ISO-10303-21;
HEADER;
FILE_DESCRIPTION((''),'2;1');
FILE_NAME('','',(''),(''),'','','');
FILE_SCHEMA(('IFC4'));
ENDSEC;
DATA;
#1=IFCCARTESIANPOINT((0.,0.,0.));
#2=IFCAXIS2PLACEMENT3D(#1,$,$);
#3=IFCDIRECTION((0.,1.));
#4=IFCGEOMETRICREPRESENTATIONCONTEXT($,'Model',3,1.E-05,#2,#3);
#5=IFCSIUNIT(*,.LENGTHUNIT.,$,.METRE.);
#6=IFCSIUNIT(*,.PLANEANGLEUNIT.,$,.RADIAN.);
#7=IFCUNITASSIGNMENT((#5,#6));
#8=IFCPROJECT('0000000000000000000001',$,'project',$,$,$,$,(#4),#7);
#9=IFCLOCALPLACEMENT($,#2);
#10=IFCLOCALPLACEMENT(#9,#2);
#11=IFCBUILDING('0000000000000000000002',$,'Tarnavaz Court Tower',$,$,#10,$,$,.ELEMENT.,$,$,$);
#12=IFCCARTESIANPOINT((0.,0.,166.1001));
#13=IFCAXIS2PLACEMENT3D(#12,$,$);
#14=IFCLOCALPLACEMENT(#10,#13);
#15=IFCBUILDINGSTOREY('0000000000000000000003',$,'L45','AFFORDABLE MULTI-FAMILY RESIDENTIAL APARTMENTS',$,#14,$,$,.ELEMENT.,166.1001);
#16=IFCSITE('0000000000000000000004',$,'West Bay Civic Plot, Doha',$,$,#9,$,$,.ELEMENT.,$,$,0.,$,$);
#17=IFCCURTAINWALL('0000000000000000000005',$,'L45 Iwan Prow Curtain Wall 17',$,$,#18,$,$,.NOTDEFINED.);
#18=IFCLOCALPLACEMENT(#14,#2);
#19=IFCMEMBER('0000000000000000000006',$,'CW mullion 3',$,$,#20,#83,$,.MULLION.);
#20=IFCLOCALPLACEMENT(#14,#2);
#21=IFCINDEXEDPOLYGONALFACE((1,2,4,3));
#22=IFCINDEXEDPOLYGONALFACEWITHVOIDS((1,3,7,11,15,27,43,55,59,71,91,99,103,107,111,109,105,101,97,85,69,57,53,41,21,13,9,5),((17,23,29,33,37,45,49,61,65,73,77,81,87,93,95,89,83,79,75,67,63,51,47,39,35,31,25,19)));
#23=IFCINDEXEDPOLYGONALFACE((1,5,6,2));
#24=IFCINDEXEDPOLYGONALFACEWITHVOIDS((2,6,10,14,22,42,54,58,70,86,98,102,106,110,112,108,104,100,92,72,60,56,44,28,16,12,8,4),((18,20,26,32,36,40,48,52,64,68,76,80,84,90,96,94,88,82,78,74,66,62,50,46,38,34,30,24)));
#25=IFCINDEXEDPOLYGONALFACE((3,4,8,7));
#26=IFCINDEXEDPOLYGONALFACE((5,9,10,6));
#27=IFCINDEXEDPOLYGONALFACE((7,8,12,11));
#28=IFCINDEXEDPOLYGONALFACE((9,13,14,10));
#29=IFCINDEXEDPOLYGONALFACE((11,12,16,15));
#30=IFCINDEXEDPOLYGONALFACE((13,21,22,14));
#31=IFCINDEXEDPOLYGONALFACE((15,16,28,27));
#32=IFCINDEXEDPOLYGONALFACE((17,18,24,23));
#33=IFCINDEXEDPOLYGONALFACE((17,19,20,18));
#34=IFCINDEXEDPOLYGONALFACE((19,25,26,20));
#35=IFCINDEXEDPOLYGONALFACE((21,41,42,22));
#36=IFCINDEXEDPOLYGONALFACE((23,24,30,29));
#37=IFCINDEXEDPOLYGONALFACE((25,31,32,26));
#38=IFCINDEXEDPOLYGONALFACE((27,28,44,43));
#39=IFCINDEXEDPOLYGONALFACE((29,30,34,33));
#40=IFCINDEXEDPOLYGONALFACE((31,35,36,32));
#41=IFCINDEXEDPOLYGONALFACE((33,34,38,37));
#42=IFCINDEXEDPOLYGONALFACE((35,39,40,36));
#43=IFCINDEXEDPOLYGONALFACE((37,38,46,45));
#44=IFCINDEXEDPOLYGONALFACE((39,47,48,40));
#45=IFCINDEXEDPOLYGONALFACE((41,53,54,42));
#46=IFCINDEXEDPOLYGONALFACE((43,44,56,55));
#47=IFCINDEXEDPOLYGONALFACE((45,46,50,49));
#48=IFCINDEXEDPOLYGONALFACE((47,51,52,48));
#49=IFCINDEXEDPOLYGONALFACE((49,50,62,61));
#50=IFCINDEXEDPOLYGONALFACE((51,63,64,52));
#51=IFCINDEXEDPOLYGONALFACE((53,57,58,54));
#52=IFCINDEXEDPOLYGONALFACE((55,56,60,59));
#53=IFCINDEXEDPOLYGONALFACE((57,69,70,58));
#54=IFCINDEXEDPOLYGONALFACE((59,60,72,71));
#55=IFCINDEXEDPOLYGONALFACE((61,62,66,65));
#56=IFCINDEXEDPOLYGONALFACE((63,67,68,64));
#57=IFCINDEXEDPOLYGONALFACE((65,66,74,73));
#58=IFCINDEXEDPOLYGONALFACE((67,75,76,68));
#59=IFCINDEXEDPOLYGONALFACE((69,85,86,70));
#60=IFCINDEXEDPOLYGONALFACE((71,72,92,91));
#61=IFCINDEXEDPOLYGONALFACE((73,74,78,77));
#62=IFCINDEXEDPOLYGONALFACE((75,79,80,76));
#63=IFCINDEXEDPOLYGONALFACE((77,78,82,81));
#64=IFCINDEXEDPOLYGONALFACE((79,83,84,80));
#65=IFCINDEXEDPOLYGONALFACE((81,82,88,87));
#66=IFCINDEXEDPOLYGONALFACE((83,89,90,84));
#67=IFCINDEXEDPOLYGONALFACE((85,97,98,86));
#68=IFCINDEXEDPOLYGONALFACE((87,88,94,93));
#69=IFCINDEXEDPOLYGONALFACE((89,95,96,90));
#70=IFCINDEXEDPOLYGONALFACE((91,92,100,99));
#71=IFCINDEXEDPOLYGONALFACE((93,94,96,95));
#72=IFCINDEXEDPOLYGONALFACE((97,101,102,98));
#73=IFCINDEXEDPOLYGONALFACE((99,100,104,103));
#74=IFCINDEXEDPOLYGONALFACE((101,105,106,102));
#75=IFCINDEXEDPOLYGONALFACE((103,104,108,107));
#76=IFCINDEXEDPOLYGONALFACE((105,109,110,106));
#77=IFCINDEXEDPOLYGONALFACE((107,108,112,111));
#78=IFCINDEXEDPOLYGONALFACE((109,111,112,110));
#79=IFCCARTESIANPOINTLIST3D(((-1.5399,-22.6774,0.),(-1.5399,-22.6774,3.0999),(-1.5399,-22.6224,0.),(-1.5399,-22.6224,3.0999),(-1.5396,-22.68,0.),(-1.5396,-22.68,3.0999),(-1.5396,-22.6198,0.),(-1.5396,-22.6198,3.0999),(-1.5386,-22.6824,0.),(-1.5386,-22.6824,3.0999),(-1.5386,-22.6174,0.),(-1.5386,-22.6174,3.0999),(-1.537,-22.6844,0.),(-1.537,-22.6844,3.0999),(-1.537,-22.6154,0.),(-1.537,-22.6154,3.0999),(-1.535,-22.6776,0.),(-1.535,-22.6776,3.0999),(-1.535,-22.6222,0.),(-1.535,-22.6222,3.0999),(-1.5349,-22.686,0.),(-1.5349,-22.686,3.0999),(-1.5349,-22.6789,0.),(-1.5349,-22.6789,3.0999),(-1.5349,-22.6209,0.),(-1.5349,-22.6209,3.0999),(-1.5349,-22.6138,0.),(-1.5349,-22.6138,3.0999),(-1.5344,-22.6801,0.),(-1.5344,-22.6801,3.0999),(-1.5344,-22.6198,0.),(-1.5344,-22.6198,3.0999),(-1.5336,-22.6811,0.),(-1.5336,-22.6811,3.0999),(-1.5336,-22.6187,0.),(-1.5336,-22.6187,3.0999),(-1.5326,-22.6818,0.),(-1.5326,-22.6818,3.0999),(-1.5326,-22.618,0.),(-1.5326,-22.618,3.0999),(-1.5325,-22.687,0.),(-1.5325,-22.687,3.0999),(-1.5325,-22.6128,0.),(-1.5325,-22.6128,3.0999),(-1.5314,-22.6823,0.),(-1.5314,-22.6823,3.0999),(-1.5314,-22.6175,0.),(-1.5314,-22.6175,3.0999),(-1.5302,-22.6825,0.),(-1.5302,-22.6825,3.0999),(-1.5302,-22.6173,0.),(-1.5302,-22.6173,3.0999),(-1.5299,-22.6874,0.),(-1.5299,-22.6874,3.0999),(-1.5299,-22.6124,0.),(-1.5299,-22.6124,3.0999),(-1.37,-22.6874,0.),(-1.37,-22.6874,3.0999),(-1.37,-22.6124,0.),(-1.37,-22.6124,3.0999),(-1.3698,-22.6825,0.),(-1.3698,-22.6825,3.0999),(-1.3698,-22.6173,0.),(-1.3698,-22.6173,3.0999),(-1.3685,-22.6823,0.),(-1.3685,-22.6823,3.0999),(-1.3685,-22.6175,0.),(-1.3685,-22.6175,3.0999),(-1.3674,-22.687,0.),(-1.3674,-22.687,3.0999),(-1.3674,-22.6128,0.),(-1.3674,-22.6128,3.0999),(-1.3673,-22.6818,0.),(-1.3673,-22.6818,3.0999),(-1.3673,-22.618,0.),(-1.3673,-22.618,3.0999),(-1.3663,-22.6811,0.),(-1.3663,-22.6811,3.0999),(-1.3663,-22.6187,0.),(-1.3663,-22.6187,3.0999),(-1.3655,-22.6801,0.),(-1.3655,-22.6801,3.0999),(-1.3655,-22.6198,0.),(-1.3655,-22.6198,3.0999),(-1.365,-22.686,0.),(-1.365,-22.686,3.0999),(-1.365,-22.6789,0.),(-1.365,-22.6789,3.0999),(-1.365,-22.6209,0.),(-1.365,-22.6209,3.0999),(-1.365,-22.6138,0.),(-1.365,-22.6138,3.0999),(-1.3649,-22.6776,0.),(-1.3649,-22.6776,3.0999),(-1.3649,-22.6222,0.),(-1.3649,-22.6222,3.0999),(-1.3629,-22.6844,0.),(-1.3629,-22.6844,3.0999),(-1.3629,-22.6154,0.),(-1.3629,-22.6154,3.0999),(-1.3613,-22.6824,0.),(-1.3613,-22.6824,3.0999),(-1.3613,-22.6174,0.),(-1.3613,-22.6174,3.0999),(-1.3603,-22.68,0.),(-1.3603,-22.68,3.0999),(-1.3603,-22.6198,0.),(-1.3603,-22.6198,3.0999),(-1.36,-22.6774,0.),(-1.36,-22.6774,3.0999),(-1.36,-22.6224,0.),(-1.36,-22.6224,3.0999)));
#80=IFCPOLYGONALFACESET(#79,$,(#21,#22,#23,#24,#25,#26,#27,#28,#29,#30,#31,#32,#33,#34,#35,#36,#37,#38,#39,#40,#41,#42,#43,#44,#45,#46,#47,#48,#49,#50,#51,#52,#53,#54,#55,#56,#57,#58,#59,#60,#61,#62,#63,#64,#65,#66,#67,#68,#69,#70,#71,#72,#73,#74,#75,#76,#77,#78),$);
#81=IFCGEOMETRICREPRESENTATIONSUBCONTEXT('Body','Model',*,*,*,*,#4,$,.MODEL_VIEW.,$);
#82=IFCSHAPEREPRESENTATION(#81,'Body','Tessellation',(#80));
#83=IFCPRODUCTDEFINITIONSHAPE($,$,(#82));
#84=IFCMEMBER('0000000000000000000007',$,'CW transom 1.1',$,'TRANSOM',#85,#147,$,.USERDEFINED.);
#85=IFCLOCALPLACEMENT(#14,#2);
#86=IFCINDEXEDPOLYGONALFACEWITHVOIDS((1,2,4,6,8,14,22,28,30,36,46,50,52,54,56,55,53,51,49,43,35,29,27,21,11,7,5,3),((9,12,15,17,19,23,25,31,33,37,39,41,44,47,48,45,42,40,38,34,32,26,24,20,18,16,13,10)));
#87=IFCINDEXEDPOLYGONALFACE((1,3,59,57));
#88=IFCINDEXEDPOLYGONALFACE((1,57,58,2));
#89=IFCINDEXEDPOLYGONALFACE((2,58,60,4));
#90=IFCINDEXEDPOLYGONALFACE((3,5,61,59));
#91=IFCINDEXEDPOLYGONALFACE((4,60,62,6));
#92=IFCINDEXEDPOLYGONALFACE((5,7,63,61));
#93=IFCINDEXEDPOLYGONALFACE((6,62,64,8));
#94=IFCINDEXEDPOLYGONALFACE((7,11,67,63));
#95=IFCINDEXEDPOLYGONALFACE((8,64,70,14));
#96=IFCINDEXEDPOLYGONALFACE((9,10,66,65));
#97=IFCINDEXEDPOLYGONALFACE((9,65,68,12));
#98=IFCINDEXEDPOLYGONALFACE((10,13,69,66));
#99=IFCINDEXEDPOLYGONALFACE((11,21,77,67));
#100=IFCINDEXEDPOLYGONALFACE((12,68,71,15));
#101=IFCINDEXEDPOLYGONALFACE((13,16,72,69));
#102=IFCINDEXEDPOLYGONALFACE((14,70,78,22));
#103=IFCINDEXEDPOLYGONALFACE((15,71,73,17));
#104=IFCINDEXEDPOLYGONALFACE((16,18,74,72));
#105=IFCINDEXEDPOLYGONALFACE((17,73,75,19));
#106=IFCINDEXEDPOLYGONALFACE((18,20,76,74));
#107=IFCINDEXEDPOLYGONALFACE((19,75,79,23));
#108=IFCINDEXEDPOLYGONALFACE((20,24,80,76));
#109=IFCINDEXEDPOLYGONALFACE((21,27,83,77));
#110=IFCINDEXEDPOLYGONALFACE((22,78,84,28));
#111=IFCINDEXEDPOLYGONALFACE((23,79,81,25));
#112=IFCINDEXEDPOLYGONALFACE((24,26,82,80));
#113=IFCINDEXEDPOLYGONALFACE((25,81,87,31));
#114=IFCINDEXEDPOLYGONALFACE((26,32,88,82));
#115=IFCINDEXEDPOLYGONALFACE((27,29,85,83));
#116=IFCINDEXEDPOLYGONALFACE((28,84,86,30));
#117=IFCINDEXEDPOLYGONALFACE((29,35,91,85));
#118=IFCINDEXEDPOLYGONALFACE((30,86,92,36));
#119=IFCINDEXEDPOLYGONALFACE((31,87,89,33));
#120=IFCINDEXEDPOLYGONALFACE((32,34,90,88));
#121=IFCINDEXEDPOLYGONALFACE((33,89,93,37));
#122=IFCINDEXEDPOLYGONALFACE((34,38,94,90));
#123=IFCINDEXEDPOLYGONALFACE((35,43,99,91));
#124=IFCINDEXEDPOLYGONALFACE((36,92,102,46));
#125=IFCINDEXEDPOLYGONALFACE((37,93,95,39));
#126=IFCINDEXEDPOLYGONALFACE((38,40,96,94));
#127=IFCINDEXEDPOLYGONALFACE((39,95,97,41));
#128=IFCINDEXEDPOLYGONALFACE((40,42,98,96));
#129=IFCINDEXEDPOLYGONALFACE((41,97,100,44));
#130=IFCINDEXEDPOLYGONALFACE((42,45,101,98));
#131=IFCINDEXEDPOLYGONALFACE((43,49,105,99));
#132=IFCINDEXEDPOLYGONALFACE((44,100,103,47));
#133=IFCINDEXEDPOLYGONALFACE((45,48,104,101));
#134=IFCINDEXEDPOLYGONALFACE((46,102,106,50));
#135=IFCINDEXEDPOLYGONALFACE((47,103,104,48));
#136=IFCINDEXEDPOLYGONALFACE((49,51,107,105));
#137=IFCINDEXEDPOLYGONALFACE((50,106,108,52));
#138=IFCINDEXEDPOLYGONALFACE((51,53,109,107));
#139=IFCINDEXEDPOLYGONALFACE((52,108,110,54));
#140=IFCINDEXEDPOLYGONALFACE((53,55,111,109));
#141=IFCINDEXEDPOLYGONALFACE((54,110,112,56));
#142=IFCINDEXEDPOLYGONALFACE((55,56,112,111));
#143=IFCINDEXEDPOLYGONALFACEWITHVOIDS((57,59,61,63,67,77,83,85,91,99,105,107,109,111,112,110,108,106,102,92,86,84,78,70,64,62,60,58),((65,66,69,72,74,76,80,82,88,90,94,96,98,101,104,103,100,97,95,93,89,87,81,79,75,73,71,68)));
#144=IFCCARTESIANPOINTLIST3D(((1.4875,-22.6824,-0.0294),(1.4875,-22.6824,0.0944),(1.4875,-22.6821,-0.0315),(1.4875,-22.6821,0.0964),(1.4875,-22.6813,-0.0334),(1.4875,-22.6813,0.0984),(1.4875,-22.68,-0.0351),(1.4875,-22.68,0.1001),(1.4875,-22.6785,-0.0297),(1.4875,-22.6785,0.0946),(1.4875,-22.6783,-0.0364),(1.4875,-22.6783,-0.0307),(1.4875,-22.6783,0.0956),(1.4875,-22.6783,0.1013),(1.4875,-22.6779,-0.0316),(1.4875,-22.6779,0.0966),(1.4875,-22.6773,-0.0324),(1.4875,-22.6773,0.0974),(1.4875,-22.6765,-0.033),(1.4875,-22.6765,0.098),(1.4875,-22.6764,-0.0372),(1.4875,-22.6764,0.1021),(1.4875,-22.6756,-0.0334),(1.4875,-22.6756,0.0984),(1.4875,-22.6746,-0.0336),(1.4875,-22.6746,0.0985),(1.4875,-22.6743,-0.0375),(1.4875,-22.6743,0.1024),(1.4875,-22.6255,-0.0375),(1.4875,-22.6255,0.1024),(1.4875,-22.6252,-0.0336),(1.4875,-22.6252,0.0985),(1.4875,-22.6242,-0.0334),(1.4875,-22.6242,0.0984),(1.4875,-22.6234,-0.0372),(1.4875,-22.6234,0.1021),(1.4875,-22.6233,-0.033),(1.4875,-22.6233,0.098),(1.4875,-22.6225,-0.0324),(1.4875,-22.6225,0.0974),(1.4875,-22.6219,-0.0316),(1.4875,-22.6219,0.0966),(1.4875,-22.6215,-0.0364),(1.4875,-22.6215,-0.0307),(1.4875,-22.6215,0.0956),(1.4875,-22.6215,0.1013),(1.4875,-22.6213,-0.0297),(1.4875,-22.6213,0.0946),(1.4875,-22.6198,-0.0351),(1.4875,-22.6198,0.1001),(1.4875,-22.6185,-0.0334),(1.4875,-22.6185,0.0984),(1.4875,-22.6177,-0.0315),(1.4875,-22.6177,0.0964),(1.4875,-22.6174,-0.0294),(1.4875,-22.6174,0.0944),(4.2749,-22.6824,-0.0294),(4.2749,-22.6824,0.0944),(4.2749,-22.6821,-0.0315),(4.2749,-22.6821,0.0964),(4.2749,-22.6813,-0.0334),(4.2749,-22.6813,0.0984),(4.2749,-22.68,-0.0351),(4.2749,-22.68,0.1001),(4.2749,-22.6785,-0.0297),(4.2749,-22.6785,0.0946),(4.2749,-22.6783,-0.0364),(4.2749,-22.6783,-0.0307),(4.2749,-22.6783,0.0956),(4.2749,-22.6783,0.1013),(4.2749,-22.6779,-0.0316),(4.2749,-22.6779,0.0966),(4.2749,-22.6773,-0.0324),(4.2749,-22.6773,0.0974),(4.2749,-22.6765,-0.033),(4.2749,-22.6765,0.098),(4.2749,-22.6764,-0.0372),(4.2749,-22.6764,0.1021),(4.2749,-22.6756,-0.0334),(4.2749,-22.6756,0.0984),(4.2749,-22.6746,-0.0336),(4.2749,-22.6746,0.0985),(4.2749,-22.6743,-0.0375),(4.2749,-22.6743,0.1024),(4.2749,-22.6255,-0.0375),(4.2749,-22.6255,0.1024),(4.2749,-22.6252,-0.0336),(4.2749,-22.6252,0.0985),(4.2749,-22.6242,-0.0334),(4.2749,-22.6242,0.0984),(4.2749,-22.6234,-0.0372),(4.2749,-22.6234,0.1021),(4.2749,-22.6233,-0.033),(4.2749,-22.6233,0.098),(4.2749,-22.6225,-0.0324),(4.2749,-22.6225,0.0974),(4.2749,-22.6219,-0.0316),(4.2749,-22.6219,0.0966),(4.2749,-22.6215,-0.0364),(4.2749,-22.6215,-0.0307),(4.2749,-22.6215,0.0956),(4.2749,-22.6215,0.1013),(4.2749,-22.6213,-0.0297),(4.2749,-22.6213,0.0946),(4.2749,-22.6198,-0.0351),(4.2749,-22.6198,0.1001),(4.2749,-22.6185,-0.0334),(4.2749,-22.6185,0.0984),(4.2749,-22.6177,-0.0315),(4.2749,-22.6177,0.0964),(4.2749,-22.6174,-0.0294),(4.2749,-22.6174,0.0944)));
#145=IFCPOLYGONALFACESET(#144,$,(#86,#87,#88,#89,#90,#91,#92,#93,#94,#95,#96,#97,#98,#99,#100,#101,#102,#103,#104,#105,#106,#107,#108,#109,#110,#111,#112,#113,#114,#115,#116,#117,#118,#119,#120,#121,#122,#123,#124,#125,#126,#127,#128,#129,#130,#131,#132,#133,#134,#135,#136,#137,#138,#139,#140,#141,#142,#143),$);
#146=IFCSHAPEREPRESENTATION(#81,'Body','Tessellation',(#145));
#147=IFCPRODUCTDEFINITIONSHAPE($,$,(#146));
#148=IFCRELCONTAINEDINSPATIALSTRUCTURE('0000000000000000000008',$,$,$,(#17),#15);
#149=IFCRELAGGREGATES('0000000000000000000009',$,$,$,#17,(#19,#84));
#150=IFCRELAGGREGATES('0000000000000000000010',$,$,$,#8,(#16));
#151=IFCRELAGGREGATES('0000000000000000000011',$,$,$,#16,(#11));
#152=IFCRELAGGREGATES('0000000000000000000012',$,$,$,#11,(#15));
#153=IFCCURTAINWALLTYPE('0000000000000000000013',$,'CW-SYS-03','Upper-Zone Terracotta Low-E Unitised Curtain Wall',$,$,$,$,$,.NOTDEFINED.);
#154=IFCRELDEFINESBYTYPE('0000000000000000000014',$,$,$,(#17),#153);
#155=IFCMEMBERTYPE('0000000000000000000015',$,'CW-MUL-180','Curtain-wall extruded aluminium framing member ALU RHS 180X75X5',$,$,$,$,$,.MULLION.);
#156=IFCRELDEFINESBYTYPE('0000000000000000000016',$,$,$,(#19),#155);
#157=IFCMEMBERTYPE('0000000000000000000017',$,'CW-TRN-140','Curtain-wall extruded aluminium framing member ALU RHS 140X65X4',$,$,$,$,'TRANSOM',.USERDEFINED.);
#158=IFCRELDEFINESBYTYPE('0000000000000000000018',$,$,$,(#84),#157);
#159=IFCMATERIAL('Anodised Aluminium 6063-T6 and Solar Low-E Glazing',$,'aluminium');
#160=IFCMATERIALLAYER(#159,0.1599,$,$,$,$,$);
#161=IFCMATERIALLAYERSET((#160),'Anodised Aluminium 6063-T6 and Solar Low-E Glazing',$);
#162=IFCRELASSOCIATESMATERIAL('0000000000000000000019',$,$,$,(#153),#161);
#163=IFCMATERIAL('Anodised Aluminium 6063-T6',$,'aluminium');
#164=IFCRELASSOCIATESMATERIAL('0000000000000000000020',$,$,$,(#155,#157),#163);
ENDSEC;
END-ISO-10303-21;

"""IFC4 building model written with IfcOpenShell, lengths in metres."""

from ifc_helpers import new_model, si_unit, direction, frame, origin, origin_2d, place, context, subcontext, project, spatial, hollow_rectangle, extrude, material, layer, layer_set, material_profile, profile_set, type_object, element, aggregate, save


model = new_model("IFC4")

# Units and contexts
model_context = context("Model", 3, precision=1e-05, world=origin(), true_north=direction((0.0, 1.0)))
body_context = subcontext(model_context, "Body", "Model", "MODEL_VIEW")
ifc_project = project(units=[si_unit("LENGTHUNIT", "METRE"), si_unit("PLANEANGLEUNIT", "RADIAN")], contexts=[model_context])

# Site, building, storey
site_placement = place(None, origin())
site = spatial("IfcSite", under=ifc_project, at=site_placement, Name="West Bay Civic Plot, Doha", CompositionType="ELEMENT", RefElevation=0.0)
building_placement = place(site_placement, origin())
building = spatial("IfcBuilding", under=site, at=building_placement, Name="Tarnavaz Court Tower", CompositionType="ELEMENT")
storey_placement = place(building_placement, frame((0.0, 0.0, 166.1001)))
storey = spatial("IfcBuildingStorey", under=building, at=storey_placement, Name="L45", Description="AFFORDABLE MULTI-FAMILY RESIDENTIAL APARTMENTS", CompositionType="ELEMENT", Elevation=166.1001)

# Curtain wall, members
ifc_material_1 = material(Name="Anodised Aluminium 6063-T6 and Solar Low-E Glazing", Category="aluminium")
ifc_layer_1 = layer(ifc_material_1, 0.1599)
ifc_layer_set_1 = layer_set([ifc_layer_1], Name="Anodised Aluminium 6063-T6 and Solar Low-E Glazing")
curtain_wall_type = type_object("IfcCurtainWallType", Name="CW-SYS-03", Description="Upper-Zone Terracotta Low-E Unitised Curtain Wall", PredefinedType="NOTDEFINED", material=ifc_layer_set_1)
curtain_wall_placement = place(storey_placement, origin())
curtain_wall = element("IfcCurtainWall", 1, at=curtain_wall_placement, inside=storey, type_object=curtain_wall_type, Name="L45 Iwan Prow Curtain Wall 17", PredefinedType="NOTDEFINED")
ifc_material_2 = material(Name="Anodised Aluminium 6063-T6", Category="aluminium")
ifc_material_profile_1 = material_profile(ifc_material_2, hollow_rectangle(XDim=0.075, YDim=0.1799, WallThickness=0.0049, InnerFilletRadius=0.0049, OuterFilletRadius=0.01, at=origin_2d()), Name="ALU RHS 180X75X5")
ifc_profile_set_1 = profile_set([ifc_material_profile_1], Name="Anodised Aluminium 6063-T6")
member_type_1 = type_object("IfcMemberType", Name="CW-MUL-180", Description="Curtain-wall extruded aluminium framing member ALU RHS 180X75X5", PredefinedType="MULLION", material=ifc_profile_set_1)
member_1_placement = place(storey_placement, frame((-1.45, -22.6499, 0.0), z_axis=(0.0, 0.0, 1.0), x_axis=(0.0, -1.0, 0.0)))
member_1 = element("IfcMember", 2, at=member_1_placement, type_object=member_type_1, Name="CW mullion 3", PredefinedType="MULLION", context=body_context, shape_type="SweptSolid", body=[
    extrude(hollow_rectangle(XDim=0.075, YDim=0.1799, WallThickness=0.0049, InnerFilletRadius=0.0049, OuterFilletRadius=0.01, at=origin_2d()), origin(), (0.0, 0.0, 1.0), 3.0999),
])
ifc_material_profile_2 = material_profile(ifc_material_2, hollow_rectangle(XDim=0.0649, YDim=0.1399, WallThickness=0.0039, InnerFilletRadius=0.0039, OuterFilletRadius=0.0081, at=origin_2d()), Name="ALU RHS 140X65X4")
ifc_profile_set_2 = profile_set([ifc_material_profile_2], Name="Anodised Aluminium 6063-T6")
member_type_2 = type_object("IfcMemberType", Name="CW-TRN-140", Description="Curtain-wall extruded aluminium framing member ALU RHS 140X65X4", ElementType="TRANSOM", PredefinedType="USERDEFINED", material=ifc_profile_set_2)
member_2_placement = place(storey_placement, frame((4.2749, -22.6499, 0.0325), z_axis=(-1.0, 0.0, 0.0), x_axis=(0.0, -1.0, 0.0)))
member_2 = element("IfcMember", 3, at=member_2_placement, type_object=member_type_2, Name="CW transom 1.1", ObjectType="TRANSOM", PredefinedType="USERDEFINED", context=body_context, shape_type="SweptSolid", body=[
    extrude(hollow_rectangle(XDim=0.0649, YDim=0.1399, WallThickness=0.0039, InnerFilletRadius=0.0039, OuterFilletRadius=0.0081, at=origin_2d()), origin(), (0.0, 0.0, 1.0), 2.7874),
])
aggregate(curtain_wall, [member_1, member_2])

save(model, "model.ifc")
